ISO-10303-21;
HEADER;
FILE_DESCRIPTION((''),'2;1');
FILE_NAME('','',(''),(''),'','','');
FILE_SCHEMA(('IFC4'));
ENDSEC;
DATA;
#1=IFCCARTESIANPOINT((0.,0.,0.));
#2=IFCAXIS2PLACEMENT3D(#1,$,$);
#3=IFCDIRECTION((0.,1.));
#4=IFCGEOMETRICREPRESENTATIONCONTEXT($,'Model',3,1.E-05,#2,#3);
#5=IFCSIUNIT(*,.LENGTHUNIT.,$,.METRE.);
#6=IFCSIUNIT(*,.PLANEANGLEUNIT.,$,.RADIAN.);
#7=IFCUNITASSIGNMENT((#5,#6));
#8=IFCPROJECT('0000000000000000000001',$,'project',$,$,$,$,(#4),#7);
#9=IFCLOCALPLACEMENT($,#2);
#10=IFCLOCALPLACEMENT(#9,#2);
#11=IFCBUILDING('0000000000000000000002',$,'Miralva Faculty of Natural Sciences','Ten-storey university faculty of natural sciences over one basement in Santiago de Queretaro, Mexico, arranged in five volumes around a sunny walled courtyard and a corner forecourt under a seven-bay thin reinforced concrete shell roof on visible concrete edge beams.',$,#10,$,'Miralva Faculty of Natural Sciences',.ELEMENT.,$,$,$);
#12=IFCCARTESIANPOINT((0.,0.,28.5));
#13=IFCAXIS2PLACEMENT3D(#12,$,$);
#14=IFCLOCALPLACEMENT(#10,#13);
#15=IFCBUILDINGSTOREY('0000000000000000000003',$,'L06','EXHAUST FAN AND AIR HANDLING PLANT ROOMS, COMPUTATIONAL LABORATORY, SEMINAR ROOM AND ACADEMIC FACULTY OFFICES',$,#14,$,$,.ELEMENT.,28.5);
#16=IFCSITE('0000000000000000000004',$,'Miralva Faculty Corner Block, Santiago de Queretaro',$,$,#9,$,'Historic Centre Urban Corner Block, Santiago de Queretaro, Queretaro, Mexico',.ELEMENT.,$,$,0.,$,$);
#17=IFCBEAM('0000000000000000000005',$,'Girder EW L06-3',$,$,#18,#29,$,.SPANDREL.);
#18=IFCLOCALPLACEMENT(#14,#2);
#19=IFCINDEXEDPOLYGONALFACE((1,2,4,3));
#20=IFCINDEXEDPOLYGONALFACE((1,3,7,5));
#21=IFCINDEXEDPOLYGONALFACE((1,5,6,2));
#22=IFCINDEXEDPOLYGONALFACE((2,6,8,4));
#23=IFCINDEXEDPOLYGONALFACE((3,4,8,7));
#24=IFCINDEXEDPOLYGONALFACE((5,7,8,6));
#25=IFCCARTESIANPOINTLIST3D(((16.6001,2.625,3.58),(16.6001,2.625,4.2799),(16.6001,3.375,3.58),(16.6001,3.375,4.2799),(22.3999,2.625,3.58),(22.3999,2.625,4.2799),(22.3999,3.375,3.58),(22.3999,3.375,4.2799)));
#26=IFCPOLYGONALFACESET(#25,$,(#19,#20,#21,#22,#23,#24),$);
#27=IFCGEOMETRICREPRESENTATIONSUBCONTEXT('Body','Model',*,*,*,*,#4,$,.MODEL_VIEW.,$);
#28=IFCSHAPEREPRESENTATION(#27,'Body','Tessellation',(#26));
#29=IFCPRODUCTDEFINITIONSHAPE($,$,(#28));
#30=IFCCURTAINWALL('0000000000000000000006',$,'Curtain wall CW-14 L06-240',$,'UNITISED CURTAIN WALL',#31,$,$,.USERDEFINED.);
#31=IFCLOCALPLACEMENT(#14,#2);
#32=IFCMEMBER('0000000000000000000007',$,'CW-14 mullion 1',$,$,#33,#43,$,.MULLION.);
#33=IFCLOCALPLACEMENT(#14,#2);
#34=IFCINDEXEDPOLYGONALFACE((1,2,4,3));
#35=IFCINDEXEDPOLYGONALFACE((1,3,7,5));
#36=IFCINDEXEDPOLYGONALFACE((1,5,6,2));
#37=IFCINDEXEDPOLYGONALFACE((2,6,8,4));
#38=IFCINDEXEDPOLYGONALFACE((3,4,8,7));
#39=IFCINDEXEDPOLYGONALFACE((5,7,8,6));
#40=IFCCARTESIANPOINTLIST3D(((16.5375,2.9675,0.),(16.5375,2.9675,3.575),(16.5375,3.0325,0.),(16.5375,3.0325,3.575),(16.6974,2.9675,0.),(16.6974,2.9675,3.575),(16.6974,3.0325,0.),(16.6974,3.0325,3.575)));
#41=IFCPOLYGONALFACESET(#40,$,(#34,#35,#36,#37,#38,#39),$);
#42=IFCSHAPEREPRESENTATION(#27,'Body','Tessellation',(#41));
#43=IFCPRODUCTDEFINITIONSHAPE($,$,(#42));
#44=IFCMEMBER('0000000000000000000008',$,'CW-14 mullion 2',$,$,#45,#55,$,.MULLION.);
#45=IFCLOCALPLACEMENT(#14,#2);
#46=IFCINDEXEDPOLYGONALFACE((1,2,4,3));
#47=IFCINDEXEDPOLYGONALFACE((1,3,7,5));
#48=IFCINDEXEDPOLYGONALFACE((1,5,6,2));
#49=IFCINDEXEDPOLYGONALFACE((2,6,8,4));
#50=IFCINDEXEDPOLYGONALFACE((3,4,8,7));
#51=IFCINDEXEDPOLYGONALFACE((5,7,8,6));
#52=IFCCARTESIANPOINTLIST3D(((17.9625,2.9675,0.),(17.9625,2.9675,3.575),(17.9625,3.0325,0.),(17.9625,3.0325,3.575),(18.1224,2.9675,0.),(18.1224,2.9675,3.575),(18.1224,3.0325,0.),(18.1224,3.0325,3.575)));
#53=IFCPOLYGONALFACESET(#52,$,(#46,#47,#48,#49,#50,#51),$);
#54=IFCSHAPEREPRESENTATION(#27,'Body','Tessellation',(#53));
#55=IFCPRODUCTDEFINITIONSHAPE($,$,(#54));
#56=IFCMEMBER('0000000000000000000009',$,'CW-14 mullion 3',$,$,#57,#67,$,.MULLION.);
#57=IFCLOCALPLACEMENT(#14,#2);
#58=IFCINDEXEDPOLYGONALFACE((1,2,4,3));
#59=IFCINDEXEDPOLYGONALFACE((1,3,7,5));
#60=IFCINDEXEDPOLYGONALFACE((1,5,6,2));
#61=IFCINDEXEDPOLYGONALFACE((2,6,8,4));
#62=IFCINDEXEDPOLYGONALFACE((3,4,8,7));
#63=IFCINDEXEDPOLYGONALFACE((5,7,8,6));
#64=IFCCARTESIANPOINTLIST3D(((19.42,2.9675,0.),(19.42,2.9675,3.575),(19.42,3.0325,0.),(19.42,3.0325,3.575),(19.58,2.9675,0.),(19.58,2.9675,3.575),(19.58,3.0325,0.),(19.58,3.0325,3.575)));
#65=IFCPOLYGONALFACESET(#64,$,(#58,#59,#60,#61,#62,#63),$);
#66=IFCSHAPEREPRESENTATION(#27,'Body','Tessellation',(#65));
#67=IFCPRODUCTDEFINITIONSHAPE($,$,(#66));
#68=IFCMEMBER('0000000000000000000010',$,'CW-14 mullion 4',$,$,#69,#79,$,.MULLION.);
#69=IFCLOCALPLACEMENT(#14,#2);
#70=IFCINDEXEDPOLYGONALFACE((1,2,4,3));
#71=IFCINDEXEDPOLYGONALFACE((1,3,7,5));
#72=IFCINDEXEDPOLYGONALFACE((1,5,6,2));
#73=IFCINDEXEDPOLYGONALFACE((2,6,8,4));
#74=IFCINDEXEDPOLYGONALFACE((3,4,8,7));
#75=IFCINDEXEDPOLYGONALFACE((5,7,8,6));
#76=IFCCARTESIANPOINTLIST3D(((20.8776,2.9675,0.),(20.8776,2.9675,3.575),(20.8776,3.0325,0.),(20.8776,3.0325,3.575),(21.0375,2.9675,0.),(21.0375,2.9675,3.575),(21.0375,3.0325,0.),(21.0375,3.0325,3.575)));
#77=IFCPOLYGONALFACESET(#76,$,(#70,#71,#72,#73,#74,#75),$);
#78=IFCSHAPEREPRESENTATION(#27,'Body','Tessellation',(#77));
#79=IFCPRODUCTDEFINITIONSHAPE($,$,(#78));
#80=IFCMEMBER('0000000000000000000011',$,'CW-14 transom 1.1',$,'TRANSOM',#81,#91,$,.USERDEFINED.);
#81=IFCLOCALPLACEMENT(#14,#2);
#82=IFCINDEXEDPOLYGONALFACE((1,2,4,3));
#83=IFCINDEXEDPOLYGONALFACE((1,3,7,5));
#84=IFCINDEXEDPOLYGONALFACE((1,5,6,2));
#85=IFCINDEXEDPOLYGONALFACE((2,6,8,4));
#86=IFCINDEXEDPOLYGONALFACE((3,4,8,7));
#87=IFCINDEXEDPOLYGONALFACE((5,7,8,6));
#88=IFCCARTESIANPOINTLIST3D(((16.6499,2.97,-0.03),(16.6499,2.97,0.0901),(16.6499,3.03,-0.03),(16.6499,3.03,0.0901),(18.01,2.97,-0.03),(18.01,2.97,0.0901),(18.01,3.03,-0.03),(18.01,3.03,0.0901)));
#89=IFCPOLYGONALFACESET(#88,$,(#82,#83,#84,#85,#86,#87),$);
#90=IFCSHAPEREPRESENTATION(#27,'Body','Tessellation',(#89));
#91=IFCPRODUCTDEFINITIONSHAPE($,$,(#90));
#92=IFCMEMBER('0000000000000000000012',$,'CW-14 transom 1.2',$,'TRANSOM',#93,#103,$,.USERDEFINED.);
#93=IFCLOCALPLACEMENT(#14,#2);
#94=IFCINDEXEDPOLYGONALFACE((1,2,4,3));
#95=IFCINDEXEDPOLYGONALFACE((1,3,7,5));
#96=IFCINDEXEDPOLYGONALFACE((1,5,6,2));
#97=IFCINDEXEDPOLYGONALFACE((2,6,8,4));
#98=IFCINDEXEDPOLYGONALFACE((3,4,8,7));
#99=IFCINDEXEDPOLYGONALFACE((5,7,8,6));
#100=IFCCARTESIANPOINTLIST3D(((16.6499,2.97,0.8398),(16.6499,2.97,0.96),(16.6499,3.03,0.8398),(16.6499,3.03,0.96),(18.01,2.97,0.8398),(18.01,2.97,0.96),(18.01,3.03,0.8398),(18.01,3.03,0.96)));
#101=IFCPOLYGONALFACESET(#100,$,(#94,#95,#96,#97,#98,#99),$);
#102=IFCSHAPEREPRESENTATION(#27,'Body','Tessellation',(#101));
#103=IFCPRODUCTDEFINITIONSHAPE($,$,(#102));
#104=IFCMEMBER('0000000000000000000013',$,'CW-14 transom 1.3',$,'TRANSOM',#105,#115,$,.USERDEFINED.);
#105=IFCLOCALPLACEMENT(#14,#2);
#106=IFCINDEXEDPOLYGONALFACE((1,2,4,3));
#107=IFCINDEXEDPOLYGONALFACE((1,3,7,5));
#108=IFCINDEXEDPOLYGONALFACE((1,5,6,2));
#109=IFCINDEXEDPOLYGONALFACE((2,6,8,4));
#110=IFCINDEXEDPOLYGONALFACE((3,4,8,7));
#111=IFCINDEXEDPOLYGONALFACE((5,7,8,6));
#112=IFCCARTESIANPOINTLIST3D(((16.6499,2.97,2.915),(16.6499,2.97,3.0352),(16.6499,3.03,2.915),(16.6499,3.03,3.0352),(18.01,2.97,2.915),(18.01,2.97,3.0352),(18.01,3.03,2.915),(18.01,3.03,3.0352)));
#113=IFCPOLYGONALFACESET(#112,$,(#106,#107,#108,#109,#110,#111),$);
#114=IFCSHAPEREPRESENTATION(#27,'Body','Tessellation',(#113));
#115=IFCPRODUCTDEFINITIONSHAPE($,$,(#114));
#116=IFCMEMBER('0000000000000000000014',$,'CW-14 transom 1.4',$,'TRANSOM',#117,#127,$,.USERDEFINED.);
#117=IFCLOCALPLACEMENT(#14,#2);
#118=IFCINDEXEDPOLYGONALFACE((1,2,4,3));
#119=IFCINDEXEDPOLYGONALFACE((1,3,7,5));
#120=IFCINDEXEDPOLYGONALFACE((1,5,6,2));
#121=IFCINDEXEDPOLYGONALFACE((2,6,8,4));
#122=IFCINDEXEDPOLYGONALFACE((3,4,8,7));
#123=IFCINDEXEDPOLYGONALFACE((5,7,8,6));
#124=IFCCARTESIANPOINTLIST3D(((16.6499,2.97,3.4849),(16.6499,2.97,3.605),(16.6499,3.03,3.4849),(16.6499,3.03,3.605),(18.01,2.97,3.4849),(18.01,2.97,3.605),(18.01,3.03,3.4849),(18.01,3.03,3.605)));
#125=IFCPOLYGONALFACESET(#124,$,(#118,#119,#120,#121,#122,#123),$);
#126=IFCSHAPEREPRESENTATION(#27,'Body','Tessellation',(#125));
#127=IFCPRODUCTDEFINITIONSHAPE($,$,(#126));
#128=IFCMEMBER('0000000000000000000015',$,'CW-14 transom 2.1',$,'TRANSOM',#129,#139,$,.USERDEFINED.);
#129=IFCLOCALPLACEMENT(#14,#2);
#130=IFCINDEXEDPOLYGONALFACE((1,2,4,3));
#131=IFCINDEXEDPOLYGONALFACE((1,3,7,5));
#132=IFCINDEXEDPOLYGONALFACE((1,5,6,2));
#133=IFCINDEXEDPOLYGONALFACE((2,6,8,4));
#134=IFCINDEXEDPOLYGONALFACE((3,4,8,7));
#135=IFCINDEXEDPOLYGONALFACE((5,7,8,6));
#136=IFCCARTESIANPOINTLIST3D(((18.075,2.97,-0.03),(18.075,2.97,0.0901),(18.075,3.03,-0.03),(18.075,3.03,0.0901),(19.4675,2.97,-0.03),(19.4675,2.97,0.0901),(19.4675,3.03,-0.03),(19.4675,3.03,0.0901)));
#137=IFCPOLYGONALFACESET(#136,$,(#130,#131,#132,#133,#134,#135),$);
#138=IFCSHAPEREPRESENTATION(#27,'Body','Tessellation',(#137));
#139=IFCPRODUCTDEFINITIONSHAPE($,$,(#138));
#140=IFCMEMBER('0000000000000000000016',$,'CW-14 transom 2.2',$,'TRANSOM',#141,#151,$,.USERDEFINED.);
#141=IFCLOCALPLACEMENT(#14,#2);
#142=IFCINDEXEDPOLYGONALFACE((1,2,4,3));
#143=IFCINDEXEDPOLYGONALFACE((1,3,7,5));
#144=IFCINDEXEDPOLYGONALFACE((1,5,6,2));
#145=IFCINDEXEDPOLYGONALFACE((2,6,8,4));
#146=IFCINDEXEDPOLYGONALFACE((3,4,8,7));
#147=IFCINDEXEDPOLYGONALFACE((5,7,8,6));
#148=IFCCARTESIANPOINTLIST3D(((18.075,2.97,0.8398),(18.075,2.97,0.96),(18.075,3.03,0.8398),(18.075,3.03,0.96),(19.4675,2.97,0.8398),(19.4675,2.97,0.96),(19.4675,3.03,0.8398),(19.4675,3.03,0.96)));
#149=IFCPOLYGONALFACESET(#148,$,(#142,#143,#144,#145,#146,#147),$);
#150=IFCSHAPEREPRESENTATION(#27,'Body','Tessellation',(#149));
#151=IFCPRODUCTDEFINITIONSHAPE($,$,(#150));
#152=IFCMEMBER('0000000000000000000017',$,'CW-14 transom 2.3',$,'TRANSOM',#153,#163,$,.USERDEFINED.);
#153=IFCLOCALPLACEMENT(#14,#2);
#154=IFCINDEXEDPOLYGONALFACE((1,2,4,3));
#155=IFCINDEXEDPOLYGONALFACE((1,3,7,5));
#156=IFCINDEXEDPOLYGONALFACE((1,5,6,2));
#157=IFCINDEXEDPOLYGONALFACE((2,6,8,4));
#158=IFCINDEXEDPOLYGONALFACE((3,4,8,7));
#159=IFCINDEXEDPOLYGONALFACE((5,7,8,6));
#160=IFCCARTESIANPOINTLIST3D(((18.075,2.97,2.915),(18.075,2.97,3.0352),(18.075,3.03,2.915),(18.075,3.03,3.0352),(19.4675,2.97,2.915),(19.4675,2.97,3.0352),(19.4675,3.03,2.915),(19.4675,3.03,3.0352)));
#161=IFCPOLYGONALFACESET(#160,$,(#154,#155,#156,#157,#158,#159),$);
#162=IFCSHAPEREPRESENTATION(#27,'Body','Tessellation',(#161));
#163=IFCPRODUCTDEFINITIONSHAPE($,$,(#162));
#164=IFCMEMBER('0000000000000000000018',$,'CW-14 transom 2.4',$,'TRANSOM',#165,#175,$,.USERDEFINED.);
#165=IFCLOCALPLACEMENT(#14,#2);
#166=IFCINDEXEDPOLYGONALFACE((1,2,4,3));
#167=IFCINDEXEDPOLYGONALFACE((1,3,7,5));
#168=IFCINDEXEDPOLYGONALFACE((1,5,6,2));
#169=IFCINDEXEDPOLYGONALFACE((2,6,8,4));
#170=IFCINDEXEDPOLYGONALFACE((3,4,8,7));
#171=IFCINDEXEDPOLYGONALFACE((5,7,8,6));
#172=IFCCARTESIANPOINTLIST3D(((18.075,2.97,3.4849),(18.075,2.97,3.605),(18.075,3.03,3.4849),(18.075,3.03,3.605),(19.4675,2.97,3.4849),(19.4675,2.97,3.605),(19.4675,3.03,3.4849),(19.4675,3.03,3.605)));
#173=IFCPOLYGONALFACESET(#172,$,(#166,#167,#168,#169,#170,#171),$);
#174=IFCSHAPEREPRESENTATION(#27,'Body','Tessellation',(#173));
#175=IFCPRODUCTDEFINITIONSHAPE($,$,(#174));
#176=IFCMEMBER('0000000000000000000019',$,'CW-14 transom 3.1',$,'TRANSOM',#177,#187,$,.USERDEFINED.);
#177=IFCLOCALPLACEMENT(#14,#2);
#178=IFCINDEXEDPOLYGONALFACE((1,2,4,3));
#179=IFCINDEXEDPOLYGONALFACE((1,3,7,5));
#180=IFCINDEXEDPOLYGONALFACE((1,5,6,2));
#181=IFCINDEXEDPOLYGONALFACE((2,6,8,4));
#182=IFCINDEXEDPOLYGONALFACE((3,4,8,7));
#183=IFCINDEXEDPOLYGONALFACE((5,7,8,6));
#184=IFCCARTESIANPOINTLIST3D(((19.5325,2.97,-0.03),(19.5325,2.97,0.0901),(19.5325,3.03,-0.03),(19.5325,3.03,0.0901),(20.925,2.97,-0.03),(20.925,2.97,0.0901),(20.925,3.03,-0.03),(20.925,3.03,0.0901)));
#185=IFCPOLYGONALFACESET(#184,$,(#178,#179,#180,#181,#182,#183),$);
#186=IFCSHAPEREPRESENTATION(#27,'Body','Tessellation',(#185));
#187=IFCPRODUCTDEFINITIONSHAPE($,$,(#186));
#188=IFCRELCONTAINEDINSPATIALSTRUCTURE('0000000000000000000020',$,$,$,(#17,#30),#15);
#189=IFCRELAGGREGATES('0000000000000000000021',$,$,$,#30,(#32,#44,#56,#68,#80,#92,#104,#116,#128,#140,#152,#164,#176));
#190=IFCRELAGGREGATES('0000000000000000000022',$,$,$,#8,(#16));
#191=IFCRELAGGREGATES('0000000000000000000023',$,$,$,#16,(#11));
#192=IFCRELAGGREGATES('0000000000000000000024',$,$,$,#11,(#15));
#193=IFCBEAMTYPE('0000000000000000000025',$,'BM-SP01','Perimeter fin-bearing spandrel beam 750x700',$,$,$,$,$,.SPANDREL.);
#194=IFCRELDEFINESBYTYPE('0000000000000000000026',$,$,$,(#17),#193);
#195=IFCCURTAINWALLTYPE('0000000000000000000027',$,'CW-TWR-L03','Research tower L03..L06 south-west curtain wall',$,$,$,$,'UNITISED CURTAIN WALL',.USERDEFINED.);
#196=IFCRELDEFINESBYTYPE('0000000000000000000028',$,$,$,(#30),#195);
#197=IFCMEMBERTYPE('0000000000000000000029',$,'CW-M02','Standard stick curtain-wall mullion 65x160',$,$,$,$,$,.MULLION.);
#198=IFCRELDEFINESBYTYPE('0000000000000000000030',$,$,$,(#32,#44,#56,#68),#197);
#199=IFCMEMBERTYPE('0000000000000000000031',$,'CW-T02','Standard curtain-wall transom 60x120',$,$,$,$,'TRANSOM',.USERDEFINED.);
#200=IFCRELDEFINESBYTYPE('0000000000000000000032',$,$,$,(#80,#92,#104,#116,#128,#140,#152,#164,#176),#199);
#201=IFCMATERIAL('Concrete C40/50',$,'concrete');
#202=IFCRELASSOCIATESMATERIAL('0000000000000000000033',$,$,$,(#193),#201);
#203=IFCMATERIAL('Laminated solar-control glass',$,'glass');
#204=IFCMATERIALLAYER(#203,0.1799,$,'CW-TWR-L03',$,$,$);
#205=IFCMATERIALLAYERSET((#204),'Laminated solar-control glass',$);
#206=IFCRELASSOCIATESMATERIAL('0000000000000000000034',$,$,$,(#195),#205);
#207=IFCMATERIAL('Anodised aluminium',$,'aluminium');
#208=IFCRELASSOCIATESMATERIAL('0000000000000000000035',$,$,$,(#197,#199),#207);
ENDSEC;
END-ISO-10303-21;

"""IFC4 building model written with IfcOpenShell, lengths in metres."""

from ifc_helpers import new_model, si_unit, direction, frame, origin, origin_2d, place, context, subcontext, project, spatial, rectangle, extrude, material, layer, layer_set, material_profile, profile_set, type_object, element, aggregate, save


model = new_model("IFC4")

# Units and contexts
model_context = context("Model", 3, precision=1e-05, world=origin(), true_north=direction((0.0, 1.0)))
body_context = subcontext(model_context, "Body", "Model", "MODEL_VIEW")
ifc_project = project(units=[si_unit("LENGTHUNIT", "METRE"), si_unit("PLANEANGLEUNIT", "RADIAN")], contexts=[model_context])

# Site, building, storey
site_placement = place(None, origin())
site = spatial("IfcSite", under=ifc_project, at=site_placement, Name="Miralva Faculty Corner Block, Santiago de Queretaro", LongName="Historic Centre Urban Corner Block, Santiago de Queretaro, Queretaro, Mexico", CompositionType="ELEMENT", RefElevation=0.0)
building_placement = place(site_placement, origin())
building = spatial("IfcBuilding", under=site, at=building_placement, Name="Miralva Faculty of Natural Sciences", Description="Ten-storey university faculty of natural sciences over one basement in Santiago de Queretaro, Mexico, arranged in five volumes around a sunny walled courtyard and a corner forecourt under a seven-bay thin reinforced concrete shell roof on visible concrete edge beams.", LongName="Miralva Faculty of Natural Sciences", CompositionType="ELEMENT")
storey_placement = place(building_placement, frame((0.0, 0.0, 28.5)))
storey = spatial("IfcBuildingStorey", under=building, at=storey_placement, Name="L06", Description="EXHAUST FAN AND AIR HANDLING PLANT ROOMS, COMPUTATIONAL LABORATORY, SEMINAR ROOM AND ACADEMIC FACULTY OFFICES", CompositionType="ELEMENT", Elevation=28.5)

# Beam
ifc_material_1 = material(Name="Concrete C40/50", Category="concrete")
ifc_material_profile_1 = material_profile(ifc_material_1, rectangle(XDim=0.75, YDim=0.7, at=origin_2d()), Name="RC 750x700")
ifc_profile_set_1 = profile_set([ifc_material_profile_1], Name="Concrete C40/50")
beam_type = type_object("IfcBeamType", Name="BM-SP01", Description="Perimeter fin-bearing spandrel beam 750x700", PredefinedType="SPANDREL", material=ifc_profile_set_1)
beam_placement = place(storey_placement, frame((16.6001, 3.0, 3.9299), z_axis=(1.0, 0.0, 0.0), x_axis=(0.0, 1.0, 0.0)))
element("IfcBeam", 1, at=beam_placement, inside=storey, type_object=beam_type, Name="Girder EW L06-3", PredefinedType="SPANDREL", context=body_context, shape_type="SweptSolid", body=[
    extrude(rectangle(XDim=0.75, YDim=0.7, at=origin_2d()), origin(), (0.0, 0.0, 1.0), 5.7998),
])

# Curtain wall, members
ifc_material_2 = material(Name="Laminated solar-control glass", Category="glass")
ifc_layer_1 = layer(ifc_material_2, 0.1799, Name="CW-TWR-L03")
ifc_layer_set_1 = layer_set([ifc_layer_1], Name="Laminated solar-control glass")
curtain_wall_type = type_object("IfcCurtainWallType", Name="CW-TWR-L03", Description="Research tower L03..L06 south-west curtain wall", ElementType="UNITISED CURTAIN WALL", PredefinedType="USERDEFINED", material=ifc_layer_set_1)
curtain_wall_placement = place(storey_placement, origin())
curtain_wall = element("IfcCurtainWall", 2, at=curtain_wall_placement, inside=storey, type_object=curtain_wall_type, Name="Curtain wall CW-14 L06-240", ObjectType="UNITISED CURTAIN WALL", PredefinedType="USERDEFINED")
ifc_material_3 = material(Name="Anodised aluminium", Category="aluminium")
ifc_material_profile_2 = material_profile(ifc_material_3, rectangle(XDim=0.0649, YDim=0.1599, at=origin_2d()), Name="MULLION 65x160")
ifc_profile_set_2 = profile_set([ifc_material_profile_2], Name="Anodised aluminium")
member_type_1 = type_object("IfcMemberType", Name="CW-M02", Description="Standard stick curtain-wall mullion 65x160", PredefinedType="MULLION", material=ifc_profile_set_2)
member_1_placement = place(storey_placement, frame((16.6174, 3.0, 0.0), z_axis=(0.0, 0.0, 1.0), x_axis=(0.0, 1.0, 0.0)))
member_1 = element("IfcMember", 3, at=member_1_placement, type_object=member_type_1, Name="CW-14 mullion 1", PredefinedType="MULLION", context=body_context, shape_type="SweptSolid", body=[
    extrude(rectangle(XDim=0.0649, YDim=0.1599, at=origin_2d()), origin(), (0.0, 0.0, 1.0), 3.575),
])
member_2_placement = place(storey_placement, frame((18.0425, 3.0, 0.0), z_axis=(0.0, 0.0, 1.0), x_axis=(0.0, 1.0, 0.0)))
member_2 = element("IfcMember", 4, at=member_2_placement, type_object=member_type_1, Name="CW-14 mullion 2", PredefinedType="MULLION", context=body_context, shape_type="SweptSolid", body=[
    extrude(rectangle(XDim=0.0649, YDim=0.1599, at=origin_2d()), origin(), (0.0, 0.0, 1.0), 3.575),
])
member_3_placement = place(storey_placement, frame((19.5, 3.0, 0.0), z_axis=(0.0, 0.0, 1.0), x_axis=(0.0, 1.0, 0.0)))
member_3 = element("IfcMember", 5, at=member_3_placement, type_object=member_type_1, Name="CW-14 mullion 3", PredefinedType="MULLION", context=body_context, shape_type="SweptSolid", body=[
    extrude(rectangle(XDim=0.0649, YDim=0.1599, at=origin_2d()), origin(), (0.0, 0.0, 1.0), 3.575),
])
member_4_placement = place(storey_placement, frame((20.9575, 3.0, 0.0), z_axis=(0.0, 0.0, 1.0), x_axis=(0.0, 1.0, 0.0)))
member_4 = element("IfcMember", 6, at=member_4_placement, type_object=member_type_1, Name="CW-14 mullion 4", PredefinedType="MULLION", context=body_context, shape_type="SweptSolid", body=[
    extrude(rectangle(XDim=0.0649, YDim=0.1599, at=origin_2d()), origin(), (0.0, 0.0, 1.0), 3.575),
])
ifc_material_profile_3 = material_profile(ifc_material_3, rectangle(XDim=0.0601, YDim=0.1201, at=origin_2d()), Name="TRANSOM 60x120")
ifc_profile_set_3 = profile_set([ifc_material_profile_3], Name="Anodised aluminium")
member_type_2 = type_object("IfcMemberType", Name="CW-T02", Description="Standard curtain-wall transom 60x120", ElementType="TRANSOM", PredefinedType="USERDEFINED", material=ifc_profile_set_3)
member_5_placement = place(storey_placement, frame((16.6499, 3.0, 0.03), z_axis=(1.0, 0.0, 0.0), x_axis=(0.0, 1.0, 0.0)))
member_5 = element("IfcMember", 7, at=member_5_placement, type_object=member_type_2, Name="CW-14 transom 1.1", ObjectType="TRANSOM", PredefinedType="USERDEFINED", context=body_context, shape_type="SweptSolid", body=[
    extrude(rectangle(XDim=0.0601, YDim=0.1201, at=origin_2d()), origin(), (0.0, 0.0, 1.0), 1.3601),
])
member_6_placement = place(storey_placement, frame((16.6499, 3.0, 0.8999), z_axis=(1.0, 0.0, 0.0), x_axis=(0.0, 1.0, 0.0)))
member_6 = element("IfcMember", 8, at=member_6_placement, type_object=member_type_2, Name="CW-14 transom 1.2", ObjectType="TRANSOM", PredefinedType="USERDEFINED", context=body_context, shape_type="SweptSolid", body=[
    extrude(rectangle(XDim=0.0601, YDim=0.1201, at=origin_2d()), origin(), (0.0, 0.0, 1.0), 1.3601),
])
member_7_placement = place(storey_placement, frame((16.6499, 3.0, 2.9751), z_axis=(1.0, 0.0, 0.0), x_axis=(0.0, 1.0, 0.0)))
member_7 = element("IfcMember", 9, at=member_7_placement, type_object=member_type_2, Name="CW-14 transom 1.3", ObjectType="TRANSOM", PredefinedType="USERDEFINED", context=body_context, shape_type="SweptSolid", body=[
    extrude(rectangle(XDim=0.0601, YDim=0.1201, at=origin_2d()), origin(), (0.0, 0.0, 1.0), 1.3601),
])
member_8_placement = place(storey_placement, frame((16.6499, 3.0, 3.5449), z_axis=(1.0, 0.0, 0.0), x_axis=(0.0, 1.0, 0.0)))
member_8 = element("IfcMember", 10, at=member_8_placement, type_object=member_type_2, Name="CW-14 transom 1.4", ObjectType="TRANSOM", PredefinedType="USERDEFINED", context=body_context, shape_type="SweptSolid", body=[
    extrude(rectangle(XDim=0.0601, YDim=0.1201, at=origin_2d()), origin(), (0.0, 0.0, 1.0), 1.3601),
])
member_9_placement = place(storey_placement, frame((18.075, 3.0, 0.03), z_axis=(1.0, 0.0, 0.0), x_axis=(0.0, 1.0, 0.0)))
member_9 = element("IfcMember", 11, at=member_9_placement, type_object=member_type_2, Name="CW-14 transom 2.1", ObjectType="TRANSOM", PredefinedType="USERDEFINED", context=body_context, shape_type="SweptSolid", body=[
    extrude(rectangle(XDim=0.0601, YDim=0.1201, at=origin_2d()), origin(), (0.0, 0.0, 1.0), 1.3926),
])
member_10_placement = place(storey_placement, frame((18.075, 3.0, 0.8999), z_axis=(1.0, 0.0, 0.0), x_axis=(0.0, 1.0, 0.0)))
member_10 = element("IfcMember", 12, at=member_10_placement, type_object=member_type_2, Name="CW-14 transom 2.2", ObjectType="TRANSOM", PredefinedType="USERDEFINED", context=body_context, shape_type="SweptSolid", body=[
    extrude(rectangle(XDim=0.0601, YDim=0.1201, at=origin_2d()), origin(), (0.0, 0.0, 1.0), 1.3926),
])
member_11_placement = place(storey_placement, frame((18.075, 3.0, 2.9751), z_axis=(1.0, 0.0, 0.0), x_axis=(0.0, 1.0, 0.0)))
member_11 = element("IfcMember", 13, at=member_11_placement, type_object=member_type_2, Name="CW-14 transom 2.3", ObjectType="TRANSOM", PredefinedType="USERDEFINED", context=body_context, shape_type="SweptSolid", body=[
    extrude(rectangle(XDim=0.0601, YDim=0.1201, at=origin_2d()), origin(), (0.0, 0.0, 1.0), 1.3926),
])
member_12_placement = place(storey_placement, frame((18.075, 3.0, 3.5449), z_axis=(1.0, 0.0, 0.0), x_axis=(0.0, 1.0, 0.0)))
member_12 = element("IfcMember", 14, at=member_12_placement, type_object=member_type_2, Name="CW-14 transom 2.4", ObjectType="TRANSOM", PredefinedType="USERDEFINED", context=body_context, shape_type="SweptSolid", body=[
    extrude(rectangle(XDim=0.0601, YDim=0.1201, at=origin_2d()), origin(), (0.0, 0.0, 1.0), 1.3926),
])
member_13_placement = place(storey_placement, frame((19.5325, 3.0, 0.03), z_axis=(1.0, 0.0, 0.0), x_axis=(0.0, 1.0, 0.0)))
member_13 = element("IfcMember", 15, at=member_13_placement, type_object=member_type_2, Name="CW-14 transom 3.1", ObjectType="TRANSOM", PredefinedType="USERDEFINED", context=body_context, shape_type="SweptSolid", body=[
    extrude(rectangle(XDim=0.0601, YDim=0.1201, at=origin_2d()), origin(), (0.0, 0.0, 1.0), 1.3926),
])

aggregate(curtain_wall, [member_1, member_2, member_3, member_4, member_5, member_6, member_7, member_8, member_9, member_10, member_11, member_12, member_13])

save(model, "model.ifc")
